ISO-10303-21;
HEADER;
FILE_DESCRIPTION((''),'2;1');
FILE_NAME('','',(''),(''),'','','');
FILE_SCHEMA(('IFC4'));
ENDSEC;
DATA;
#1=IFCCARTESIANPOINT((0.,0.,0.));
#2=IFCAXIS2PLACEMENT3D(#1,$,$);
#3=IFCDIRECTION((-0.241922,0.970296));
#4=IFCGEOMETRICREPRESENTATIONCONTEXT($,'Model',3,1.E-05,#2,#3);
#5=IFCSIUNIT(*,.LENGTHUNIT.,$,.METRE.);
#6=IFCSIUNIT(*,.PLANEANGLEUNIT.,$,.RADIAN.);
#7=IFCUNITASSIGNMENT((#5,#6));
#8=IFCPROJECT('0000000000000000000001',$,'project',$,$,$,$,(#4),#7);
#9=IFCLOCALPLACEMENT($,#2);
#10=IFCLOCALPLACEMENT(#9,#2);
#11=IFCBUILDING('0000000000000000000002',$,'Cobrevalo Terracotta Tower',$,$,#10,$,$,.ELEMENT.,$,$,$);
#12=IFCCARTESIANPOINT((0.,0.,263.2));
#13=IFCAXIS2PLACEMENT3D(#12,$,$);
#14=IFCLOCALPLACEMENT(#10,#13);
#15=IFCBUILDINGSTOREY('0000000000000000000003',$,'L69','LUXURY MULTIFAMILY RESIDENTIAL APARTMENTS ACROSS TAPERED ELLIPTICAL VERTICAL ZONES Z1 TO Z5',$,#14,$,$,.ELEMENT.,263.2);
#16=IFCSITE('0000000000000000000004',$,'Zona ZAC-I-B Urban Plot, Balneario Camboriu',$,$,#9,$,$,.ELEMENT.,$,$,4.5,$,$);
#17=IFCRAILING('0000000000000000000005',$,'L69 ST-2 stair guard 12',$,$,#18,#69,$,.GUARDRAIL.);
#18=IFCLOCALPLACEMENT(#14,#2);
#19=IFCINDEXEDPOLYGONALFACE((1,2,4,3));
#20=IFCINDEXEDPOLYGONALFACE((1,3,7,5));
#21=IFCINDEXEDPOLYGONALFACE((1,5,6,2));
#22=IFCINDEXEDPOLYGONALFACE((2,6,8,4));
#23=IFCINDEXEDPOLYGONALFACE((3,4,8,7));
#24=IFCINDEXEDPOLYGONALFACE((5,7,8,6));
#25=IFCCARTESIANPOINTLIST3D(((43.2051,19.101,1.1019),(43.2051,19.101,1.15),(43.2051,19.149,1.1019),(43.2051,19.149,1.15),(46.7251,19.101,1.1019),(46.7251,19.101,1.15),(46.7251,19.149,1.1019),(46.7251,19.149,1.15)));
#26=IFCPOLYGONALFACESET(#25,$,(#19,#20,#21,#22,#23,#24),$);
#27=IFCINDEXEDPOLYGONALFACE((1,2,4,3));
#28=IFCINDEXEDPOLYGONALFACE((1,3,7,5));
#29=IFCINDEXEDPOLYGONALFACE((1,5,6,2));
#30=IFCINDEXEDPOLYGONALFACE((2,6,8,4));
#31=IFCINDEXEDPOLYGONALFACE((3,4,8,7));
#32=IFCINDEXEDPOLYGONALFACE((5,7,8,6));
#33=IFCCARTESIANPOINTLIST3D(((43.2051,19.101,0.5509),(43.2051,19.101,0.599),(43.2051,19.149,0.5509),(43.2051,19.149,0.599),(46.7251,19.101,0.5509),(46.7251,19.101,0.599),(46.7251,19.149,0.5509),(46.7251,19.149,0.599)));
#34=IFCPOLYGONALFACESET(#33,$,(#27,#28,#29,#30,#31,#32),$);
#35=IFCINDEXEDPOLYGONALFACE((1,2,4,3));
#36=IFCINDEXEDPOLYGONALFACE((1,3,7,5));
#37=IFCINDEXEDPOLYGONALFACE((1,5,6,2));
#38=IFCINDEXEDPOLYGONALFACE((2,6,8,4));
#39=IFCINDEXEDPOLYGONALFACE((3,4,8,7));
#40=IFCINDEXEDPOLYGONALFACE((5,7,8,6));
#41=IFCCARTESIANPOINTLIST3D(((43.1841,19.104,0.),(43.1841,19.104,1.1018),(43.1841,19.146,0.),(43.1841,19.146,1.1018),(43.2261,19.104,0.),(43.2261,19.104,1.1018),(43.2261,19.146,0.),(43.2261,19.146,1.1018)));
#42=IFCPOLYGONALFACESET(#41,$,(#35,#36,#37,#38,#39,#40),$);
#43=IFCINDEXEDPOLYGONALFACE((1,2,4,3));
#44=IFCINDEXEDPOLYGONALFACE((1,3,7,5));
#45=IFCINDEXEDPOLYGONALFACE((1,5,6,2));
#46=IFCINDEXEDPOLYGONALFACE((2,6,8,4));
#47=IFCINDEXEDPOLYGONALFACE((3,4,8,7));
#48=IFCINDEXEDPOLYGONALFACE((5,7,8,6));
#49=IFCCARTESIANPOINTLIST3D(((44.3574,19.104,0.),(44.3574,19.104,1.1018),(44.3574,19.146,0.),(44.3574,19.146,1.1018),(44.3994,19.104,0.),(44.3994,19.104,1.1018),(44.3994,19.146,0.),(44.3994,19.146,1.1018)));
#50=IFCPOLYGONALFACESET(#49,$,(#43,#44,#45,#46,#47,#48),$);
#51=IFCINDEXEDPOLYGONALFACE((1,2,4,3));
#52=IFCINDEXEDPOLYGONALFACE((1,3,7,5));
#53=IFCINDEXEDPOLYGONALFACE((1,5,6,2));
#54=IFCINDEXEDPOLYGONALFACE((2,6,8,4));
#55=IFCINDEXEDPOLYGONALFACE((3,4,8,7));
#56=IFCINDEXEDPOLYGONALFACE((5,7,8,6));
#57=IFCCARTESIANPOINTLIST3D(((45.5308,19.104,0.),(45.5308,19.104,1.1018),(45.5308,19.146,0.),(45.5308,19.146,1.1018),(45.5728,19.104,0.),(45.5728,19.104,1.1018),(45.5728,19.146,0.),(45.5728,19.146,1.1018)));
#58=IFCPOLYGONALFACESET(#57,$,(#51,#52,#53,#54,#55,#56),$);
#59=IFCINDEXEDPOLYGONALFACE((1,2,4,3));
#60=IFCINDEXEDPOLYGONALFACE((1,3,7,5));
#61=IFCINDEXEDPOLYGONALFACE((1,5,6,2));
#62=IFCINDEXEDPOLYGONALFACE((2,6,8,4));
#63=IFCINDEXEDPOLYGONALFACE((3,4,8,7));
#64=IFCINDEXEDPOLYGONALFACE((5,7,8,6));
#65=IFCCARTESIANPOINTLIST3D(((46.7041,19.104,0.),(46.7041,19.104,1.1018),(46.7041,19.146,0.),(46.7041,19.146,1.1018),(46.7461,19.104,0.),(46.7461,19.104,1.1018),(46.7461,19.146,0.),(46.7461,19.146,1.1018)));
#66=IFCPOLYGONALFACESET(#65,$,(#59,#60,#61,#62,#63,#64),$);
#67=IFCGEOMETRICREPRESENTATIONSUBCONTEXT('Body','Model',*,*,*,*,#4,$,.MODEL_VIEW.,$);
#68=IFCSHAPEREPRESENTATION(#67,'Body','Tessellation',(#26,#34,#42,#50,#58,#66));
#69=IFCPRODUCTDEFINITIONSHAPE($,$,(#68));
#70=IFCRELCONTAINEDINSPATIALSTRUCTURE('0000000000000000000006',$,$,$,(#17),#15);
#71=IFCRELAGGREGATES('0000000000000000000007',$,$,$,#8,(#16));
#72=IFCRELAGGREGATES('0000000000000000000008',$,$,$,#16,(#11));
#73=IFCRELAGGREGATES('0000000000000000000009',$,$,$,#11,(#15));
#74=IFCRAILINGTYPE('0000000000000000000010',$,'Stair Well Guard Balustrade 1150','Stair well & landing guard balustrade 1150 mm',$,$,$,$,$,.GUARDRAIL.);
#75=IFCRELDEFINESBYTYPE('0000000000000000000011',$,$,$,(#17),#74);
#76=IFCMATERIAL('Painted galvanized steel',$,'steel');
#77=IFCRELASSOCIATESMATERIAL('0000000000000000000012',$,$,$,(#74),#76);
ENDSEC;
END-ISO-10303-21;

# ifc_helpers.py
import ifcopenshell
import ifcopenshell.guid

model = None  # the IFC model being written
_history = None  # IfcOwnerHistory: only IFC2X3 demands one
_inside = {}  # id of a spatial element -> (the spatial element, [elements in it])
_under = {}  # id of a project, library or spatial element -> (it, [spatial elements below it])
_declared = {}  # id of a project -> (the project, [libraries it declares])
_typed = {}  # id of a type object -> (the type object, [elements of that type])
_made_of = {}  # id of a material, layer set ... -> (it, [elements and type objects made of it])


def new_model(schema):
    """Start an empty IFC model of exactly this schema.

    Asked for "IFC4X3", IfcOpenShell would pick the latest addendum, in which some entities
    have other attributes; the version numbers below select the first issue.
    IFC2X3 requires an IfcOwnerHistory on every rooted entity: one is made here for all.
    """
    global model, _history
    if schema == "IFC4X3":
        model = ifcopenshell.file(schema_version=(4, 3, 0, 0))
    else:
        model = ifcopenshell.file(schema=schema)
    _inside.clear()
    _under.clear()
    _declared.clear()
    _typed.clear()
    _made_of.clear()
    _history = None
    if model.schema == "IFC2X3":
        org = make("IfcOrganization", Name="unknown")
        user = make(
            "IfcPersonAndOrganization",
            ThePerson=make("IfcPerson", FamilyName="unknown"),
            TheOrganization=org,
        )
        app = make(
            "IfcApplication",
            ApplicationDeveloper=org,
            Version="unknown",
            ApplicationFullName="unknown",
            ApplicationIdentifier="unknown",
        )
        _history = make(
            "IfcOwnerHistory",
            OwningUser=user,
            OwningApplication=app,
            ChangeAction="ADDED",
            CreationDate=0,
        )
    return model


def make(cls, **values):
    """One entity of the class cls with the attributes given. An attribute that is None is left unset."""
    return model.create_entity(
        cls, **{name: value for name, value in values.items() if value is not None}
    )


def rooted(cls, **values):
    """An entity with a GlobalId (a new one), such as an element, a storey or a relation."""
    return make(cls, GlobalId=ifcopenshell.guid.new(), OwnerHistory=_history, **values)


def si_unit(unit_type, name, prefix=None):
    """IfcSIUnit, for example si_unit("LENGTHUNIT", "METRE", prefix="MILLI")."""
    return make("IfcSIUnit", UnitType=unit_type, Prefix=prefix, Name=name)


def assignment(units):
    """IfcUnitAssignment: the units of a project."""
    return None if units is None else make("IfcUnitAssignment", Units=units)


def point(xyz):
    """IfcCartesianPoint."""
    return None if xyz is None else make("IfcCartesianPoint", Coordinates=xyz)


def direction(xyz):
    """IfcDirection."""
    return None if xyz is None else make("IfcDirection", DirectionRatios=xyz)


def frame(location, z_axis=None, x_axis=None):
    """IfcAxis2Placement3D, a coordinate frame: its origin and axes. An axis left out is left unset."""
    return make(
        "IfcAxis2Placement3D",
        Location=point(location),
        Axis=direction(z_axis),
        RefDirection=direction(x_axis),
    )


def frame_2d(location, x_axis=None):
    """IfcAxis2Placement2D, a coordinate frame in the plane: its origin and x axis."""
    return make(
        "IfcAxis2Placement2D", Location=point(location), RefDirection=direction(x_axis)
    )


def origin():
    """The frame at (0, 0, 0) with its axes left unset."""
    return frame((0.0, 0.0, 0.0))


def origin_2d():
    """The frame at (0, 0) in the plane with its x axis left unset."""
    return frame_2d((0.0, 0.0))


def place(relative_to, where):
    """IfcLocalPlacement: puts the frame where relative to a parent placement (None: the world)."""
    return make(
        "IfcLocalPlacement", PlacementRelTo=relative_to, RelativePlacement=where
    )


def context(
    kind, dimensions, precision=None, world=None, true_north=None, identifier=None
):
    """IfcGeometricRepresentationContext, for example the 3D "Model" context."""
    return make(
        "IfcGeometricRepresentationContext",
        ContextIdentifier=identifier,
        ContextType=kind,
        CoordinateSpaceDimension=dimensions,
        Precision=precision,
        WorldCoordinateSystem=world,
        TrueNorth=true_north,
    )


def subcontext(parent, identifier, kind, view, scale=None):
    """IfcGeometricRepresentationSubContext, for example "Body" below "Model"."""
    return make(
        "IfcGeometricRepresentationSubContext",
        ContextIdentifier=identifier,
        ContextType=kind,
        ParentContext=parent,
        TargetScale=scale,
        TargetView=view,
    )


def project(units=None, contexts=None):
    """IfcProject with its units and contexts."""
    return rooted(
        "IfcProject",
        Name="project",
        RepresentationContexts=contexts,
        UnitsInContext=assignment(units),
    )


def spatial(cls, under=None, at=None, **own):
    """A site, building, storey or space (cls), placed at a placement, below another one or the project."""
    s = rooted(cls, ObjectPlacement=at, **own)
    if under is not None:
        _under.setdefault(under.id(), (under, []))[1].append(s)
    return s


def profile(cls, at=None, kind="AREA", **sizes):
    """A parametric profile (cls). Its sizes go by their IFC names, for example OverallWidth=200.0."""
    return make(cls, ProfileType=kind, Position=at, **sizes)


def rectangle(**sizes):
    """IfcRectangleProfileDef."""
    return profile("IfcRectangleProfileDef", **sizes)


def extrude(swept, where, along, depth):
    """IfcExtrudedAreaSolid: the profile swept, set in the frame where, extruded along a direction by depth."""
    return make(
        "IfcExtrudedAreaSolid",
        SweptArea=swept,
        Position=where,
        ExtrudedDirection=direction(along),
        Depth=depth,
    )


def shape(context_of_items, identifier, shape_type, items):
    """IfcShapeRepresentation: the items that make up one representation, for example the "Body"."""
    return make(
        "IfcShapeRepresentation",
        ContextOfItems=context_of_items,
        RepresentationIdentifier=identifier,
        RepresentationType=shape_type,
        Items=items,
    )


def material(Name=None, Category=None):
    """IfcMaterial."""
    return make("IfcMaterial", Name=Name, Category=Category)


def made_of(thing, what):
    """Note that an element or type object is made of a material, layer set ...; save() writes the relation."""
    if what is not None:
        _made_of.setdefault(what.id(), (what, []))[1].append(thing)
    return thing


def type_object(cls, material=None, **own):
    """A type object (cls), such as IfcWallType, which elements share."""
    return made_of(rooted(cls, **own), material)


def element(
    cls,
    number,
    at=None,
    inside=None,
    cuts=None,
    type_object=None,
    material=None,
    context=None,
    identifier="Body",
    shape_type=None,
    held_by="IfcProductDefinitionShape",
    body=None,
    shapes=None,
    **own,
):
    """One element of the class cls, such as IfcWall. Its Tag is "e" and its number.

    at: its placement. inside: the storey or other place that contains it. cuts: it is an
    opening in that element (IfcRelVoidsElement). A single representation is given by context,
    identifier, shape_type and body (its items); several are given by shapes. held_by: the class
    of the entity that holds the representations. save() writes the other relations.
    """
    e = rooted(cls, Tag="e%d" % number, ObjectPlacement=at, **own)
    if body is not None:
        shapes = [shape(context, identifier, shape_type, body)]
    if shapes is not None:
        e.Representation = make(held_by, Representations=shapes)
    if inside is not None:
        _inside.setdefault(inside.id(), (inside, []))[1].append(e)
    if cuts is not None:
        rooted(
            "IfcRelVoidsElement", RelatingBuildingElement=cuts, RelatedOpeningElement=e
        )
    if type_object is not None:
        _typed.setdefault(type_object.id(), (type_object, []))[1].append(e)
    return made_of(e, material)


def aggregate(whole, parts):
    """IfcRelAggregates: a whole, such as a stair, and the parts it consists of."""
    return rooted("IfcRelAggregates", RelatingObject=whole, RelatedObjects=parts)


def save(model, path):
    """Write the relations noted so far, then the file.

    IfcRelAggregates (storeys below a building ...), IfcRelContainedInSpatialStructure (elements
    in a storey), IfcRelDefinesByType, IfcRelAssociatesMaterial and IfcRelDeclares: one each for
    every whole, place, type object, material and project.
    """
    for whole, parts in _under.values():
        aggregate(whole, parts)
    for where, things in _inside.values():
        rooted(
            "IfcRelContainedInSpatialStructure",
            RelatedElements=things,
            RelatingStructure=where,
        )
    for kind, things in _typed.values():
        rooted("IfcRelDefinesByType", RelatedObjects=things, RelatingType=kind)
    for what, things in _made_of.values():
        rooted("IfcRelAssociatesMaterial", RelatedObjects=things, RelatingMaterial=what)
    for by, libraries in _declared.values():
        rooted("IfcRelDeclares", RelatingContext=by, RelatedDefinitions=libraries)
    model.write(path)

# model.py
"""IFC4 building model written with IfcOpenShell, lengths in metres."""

from ifc_helpers import new_model, si_unit, direction, frame, origin, origin_2d, place, context, subcontext, project, spatial, rectangle, extrude, material, type_object, element, save


model = new_model("IFC4")

# Units and contexts
model_context = context("Model", 3, precision=1e-05, world=origin(), true_north=direction((-0.241922, 0.970296)))
body_context = subcontext(model_context, "Body", "Model", "MODEL_VIEW")
ifc_project = project(units=[si_unit("LENGTHUNIT", "METRE"), si_unit("PLANEANGLEUNIT", "RADIAN")], contexts=[model_context])

# Site, building, storey
site_placement = place(None, origin())
site = spatial("IfcSite", under=ifc_project, at=site_placement, Name="Zona ZAC-I-B Urban Plot, Balneario Camboriu", CompositionType="ELEMENT", RefElevation=4.5)
building_placement = place(site_placement, origin())
building = spatial("IfcBuilding", under=site, at=building_placement, Name="Cobrevalo Terracotta Tower", CompositionType="ELEMENT")
storey_placement = place(building_placement, frame((0.0, 0.0, 263.2)))
storey = spatial("IfcBuildingStorey", under=building, at=storey_placement, Name="L69", Description="LUXURY MULTIFAMILY RESIDENTIAL APARTMENTS ACROSS TAPERED ELLIPTICAL VERTICAL ZONES Z1 TO Z5", CompositionType="ELEMENT", Elevation=263.2)

# Railing
ifc_material_1 = material(Name="Painted galvanized steel", Category="steel")
railing_type_1 = type_object("IfcRailingType", Name="Stair Well Guard Balustrade 1150", Description="Stair well & landing guard balustrade 1150 mm", PredefinedType="GUARDRAIL", material=ifc_material_1)
railing_1_placement = place(storey_placement, frame((43.2051, 19.125, 0.0)))
element("IfcRailing", 1, at=railing_1_placement, inside=storey, type_object=railing_type_1, Name="L69 ST-2 stair guard 12", PredefinedType="GUARDRAIL", context=body_context, shape_type="SweptSolid", body=[
    extrude(rectangle(XDim=0.0481, YDim=0.0481, at=origin_2d()), frame((0.0, 0.0, 1.126), z_axis=(1.0, 0.0, 0.0), x_axis=(0.0, 1.0, 0.0)), (0.0, 0.0, 1.0), 3.52),
    extrude(rectangle(XDim=0.0481, YDim=0.0481, at=origin_2d()), frame((0.0, 0.0, 0.575), z_axis=(1.0, 0.0, 0.0), x_axis=(0.0, 1.0, 0.0)), (0.0, 0.0, 1.0), 3.52),
    extrude(rectangle(XDim=0.042, YDim=0.042, at=origin_2d()), origin(), (0.0, 0.0, 1.0), 1.1018),
    extrude(rectangle(XDim=0.042, YDim=0.042, at=origin_2d()), frame((1.1733, 0.0, 0.0)), (0.0, 0.0, 1.0), 1.1018),
    extrude(rectangle(XDim=0.042, YDim=0.042, at=origin_2d()), frame((2.3467, 0.0, 0.0)), (0.0, 0.0, 1.0), 1.1018),
    extrude(rectangle(XDim=0.042, YDim=0.042, at=origin_2d()), frame((3.52, 0.0, 0.0)), (0.0, 0.0, 1.0), 1.1018),
])

save(model, "model.ifc")
